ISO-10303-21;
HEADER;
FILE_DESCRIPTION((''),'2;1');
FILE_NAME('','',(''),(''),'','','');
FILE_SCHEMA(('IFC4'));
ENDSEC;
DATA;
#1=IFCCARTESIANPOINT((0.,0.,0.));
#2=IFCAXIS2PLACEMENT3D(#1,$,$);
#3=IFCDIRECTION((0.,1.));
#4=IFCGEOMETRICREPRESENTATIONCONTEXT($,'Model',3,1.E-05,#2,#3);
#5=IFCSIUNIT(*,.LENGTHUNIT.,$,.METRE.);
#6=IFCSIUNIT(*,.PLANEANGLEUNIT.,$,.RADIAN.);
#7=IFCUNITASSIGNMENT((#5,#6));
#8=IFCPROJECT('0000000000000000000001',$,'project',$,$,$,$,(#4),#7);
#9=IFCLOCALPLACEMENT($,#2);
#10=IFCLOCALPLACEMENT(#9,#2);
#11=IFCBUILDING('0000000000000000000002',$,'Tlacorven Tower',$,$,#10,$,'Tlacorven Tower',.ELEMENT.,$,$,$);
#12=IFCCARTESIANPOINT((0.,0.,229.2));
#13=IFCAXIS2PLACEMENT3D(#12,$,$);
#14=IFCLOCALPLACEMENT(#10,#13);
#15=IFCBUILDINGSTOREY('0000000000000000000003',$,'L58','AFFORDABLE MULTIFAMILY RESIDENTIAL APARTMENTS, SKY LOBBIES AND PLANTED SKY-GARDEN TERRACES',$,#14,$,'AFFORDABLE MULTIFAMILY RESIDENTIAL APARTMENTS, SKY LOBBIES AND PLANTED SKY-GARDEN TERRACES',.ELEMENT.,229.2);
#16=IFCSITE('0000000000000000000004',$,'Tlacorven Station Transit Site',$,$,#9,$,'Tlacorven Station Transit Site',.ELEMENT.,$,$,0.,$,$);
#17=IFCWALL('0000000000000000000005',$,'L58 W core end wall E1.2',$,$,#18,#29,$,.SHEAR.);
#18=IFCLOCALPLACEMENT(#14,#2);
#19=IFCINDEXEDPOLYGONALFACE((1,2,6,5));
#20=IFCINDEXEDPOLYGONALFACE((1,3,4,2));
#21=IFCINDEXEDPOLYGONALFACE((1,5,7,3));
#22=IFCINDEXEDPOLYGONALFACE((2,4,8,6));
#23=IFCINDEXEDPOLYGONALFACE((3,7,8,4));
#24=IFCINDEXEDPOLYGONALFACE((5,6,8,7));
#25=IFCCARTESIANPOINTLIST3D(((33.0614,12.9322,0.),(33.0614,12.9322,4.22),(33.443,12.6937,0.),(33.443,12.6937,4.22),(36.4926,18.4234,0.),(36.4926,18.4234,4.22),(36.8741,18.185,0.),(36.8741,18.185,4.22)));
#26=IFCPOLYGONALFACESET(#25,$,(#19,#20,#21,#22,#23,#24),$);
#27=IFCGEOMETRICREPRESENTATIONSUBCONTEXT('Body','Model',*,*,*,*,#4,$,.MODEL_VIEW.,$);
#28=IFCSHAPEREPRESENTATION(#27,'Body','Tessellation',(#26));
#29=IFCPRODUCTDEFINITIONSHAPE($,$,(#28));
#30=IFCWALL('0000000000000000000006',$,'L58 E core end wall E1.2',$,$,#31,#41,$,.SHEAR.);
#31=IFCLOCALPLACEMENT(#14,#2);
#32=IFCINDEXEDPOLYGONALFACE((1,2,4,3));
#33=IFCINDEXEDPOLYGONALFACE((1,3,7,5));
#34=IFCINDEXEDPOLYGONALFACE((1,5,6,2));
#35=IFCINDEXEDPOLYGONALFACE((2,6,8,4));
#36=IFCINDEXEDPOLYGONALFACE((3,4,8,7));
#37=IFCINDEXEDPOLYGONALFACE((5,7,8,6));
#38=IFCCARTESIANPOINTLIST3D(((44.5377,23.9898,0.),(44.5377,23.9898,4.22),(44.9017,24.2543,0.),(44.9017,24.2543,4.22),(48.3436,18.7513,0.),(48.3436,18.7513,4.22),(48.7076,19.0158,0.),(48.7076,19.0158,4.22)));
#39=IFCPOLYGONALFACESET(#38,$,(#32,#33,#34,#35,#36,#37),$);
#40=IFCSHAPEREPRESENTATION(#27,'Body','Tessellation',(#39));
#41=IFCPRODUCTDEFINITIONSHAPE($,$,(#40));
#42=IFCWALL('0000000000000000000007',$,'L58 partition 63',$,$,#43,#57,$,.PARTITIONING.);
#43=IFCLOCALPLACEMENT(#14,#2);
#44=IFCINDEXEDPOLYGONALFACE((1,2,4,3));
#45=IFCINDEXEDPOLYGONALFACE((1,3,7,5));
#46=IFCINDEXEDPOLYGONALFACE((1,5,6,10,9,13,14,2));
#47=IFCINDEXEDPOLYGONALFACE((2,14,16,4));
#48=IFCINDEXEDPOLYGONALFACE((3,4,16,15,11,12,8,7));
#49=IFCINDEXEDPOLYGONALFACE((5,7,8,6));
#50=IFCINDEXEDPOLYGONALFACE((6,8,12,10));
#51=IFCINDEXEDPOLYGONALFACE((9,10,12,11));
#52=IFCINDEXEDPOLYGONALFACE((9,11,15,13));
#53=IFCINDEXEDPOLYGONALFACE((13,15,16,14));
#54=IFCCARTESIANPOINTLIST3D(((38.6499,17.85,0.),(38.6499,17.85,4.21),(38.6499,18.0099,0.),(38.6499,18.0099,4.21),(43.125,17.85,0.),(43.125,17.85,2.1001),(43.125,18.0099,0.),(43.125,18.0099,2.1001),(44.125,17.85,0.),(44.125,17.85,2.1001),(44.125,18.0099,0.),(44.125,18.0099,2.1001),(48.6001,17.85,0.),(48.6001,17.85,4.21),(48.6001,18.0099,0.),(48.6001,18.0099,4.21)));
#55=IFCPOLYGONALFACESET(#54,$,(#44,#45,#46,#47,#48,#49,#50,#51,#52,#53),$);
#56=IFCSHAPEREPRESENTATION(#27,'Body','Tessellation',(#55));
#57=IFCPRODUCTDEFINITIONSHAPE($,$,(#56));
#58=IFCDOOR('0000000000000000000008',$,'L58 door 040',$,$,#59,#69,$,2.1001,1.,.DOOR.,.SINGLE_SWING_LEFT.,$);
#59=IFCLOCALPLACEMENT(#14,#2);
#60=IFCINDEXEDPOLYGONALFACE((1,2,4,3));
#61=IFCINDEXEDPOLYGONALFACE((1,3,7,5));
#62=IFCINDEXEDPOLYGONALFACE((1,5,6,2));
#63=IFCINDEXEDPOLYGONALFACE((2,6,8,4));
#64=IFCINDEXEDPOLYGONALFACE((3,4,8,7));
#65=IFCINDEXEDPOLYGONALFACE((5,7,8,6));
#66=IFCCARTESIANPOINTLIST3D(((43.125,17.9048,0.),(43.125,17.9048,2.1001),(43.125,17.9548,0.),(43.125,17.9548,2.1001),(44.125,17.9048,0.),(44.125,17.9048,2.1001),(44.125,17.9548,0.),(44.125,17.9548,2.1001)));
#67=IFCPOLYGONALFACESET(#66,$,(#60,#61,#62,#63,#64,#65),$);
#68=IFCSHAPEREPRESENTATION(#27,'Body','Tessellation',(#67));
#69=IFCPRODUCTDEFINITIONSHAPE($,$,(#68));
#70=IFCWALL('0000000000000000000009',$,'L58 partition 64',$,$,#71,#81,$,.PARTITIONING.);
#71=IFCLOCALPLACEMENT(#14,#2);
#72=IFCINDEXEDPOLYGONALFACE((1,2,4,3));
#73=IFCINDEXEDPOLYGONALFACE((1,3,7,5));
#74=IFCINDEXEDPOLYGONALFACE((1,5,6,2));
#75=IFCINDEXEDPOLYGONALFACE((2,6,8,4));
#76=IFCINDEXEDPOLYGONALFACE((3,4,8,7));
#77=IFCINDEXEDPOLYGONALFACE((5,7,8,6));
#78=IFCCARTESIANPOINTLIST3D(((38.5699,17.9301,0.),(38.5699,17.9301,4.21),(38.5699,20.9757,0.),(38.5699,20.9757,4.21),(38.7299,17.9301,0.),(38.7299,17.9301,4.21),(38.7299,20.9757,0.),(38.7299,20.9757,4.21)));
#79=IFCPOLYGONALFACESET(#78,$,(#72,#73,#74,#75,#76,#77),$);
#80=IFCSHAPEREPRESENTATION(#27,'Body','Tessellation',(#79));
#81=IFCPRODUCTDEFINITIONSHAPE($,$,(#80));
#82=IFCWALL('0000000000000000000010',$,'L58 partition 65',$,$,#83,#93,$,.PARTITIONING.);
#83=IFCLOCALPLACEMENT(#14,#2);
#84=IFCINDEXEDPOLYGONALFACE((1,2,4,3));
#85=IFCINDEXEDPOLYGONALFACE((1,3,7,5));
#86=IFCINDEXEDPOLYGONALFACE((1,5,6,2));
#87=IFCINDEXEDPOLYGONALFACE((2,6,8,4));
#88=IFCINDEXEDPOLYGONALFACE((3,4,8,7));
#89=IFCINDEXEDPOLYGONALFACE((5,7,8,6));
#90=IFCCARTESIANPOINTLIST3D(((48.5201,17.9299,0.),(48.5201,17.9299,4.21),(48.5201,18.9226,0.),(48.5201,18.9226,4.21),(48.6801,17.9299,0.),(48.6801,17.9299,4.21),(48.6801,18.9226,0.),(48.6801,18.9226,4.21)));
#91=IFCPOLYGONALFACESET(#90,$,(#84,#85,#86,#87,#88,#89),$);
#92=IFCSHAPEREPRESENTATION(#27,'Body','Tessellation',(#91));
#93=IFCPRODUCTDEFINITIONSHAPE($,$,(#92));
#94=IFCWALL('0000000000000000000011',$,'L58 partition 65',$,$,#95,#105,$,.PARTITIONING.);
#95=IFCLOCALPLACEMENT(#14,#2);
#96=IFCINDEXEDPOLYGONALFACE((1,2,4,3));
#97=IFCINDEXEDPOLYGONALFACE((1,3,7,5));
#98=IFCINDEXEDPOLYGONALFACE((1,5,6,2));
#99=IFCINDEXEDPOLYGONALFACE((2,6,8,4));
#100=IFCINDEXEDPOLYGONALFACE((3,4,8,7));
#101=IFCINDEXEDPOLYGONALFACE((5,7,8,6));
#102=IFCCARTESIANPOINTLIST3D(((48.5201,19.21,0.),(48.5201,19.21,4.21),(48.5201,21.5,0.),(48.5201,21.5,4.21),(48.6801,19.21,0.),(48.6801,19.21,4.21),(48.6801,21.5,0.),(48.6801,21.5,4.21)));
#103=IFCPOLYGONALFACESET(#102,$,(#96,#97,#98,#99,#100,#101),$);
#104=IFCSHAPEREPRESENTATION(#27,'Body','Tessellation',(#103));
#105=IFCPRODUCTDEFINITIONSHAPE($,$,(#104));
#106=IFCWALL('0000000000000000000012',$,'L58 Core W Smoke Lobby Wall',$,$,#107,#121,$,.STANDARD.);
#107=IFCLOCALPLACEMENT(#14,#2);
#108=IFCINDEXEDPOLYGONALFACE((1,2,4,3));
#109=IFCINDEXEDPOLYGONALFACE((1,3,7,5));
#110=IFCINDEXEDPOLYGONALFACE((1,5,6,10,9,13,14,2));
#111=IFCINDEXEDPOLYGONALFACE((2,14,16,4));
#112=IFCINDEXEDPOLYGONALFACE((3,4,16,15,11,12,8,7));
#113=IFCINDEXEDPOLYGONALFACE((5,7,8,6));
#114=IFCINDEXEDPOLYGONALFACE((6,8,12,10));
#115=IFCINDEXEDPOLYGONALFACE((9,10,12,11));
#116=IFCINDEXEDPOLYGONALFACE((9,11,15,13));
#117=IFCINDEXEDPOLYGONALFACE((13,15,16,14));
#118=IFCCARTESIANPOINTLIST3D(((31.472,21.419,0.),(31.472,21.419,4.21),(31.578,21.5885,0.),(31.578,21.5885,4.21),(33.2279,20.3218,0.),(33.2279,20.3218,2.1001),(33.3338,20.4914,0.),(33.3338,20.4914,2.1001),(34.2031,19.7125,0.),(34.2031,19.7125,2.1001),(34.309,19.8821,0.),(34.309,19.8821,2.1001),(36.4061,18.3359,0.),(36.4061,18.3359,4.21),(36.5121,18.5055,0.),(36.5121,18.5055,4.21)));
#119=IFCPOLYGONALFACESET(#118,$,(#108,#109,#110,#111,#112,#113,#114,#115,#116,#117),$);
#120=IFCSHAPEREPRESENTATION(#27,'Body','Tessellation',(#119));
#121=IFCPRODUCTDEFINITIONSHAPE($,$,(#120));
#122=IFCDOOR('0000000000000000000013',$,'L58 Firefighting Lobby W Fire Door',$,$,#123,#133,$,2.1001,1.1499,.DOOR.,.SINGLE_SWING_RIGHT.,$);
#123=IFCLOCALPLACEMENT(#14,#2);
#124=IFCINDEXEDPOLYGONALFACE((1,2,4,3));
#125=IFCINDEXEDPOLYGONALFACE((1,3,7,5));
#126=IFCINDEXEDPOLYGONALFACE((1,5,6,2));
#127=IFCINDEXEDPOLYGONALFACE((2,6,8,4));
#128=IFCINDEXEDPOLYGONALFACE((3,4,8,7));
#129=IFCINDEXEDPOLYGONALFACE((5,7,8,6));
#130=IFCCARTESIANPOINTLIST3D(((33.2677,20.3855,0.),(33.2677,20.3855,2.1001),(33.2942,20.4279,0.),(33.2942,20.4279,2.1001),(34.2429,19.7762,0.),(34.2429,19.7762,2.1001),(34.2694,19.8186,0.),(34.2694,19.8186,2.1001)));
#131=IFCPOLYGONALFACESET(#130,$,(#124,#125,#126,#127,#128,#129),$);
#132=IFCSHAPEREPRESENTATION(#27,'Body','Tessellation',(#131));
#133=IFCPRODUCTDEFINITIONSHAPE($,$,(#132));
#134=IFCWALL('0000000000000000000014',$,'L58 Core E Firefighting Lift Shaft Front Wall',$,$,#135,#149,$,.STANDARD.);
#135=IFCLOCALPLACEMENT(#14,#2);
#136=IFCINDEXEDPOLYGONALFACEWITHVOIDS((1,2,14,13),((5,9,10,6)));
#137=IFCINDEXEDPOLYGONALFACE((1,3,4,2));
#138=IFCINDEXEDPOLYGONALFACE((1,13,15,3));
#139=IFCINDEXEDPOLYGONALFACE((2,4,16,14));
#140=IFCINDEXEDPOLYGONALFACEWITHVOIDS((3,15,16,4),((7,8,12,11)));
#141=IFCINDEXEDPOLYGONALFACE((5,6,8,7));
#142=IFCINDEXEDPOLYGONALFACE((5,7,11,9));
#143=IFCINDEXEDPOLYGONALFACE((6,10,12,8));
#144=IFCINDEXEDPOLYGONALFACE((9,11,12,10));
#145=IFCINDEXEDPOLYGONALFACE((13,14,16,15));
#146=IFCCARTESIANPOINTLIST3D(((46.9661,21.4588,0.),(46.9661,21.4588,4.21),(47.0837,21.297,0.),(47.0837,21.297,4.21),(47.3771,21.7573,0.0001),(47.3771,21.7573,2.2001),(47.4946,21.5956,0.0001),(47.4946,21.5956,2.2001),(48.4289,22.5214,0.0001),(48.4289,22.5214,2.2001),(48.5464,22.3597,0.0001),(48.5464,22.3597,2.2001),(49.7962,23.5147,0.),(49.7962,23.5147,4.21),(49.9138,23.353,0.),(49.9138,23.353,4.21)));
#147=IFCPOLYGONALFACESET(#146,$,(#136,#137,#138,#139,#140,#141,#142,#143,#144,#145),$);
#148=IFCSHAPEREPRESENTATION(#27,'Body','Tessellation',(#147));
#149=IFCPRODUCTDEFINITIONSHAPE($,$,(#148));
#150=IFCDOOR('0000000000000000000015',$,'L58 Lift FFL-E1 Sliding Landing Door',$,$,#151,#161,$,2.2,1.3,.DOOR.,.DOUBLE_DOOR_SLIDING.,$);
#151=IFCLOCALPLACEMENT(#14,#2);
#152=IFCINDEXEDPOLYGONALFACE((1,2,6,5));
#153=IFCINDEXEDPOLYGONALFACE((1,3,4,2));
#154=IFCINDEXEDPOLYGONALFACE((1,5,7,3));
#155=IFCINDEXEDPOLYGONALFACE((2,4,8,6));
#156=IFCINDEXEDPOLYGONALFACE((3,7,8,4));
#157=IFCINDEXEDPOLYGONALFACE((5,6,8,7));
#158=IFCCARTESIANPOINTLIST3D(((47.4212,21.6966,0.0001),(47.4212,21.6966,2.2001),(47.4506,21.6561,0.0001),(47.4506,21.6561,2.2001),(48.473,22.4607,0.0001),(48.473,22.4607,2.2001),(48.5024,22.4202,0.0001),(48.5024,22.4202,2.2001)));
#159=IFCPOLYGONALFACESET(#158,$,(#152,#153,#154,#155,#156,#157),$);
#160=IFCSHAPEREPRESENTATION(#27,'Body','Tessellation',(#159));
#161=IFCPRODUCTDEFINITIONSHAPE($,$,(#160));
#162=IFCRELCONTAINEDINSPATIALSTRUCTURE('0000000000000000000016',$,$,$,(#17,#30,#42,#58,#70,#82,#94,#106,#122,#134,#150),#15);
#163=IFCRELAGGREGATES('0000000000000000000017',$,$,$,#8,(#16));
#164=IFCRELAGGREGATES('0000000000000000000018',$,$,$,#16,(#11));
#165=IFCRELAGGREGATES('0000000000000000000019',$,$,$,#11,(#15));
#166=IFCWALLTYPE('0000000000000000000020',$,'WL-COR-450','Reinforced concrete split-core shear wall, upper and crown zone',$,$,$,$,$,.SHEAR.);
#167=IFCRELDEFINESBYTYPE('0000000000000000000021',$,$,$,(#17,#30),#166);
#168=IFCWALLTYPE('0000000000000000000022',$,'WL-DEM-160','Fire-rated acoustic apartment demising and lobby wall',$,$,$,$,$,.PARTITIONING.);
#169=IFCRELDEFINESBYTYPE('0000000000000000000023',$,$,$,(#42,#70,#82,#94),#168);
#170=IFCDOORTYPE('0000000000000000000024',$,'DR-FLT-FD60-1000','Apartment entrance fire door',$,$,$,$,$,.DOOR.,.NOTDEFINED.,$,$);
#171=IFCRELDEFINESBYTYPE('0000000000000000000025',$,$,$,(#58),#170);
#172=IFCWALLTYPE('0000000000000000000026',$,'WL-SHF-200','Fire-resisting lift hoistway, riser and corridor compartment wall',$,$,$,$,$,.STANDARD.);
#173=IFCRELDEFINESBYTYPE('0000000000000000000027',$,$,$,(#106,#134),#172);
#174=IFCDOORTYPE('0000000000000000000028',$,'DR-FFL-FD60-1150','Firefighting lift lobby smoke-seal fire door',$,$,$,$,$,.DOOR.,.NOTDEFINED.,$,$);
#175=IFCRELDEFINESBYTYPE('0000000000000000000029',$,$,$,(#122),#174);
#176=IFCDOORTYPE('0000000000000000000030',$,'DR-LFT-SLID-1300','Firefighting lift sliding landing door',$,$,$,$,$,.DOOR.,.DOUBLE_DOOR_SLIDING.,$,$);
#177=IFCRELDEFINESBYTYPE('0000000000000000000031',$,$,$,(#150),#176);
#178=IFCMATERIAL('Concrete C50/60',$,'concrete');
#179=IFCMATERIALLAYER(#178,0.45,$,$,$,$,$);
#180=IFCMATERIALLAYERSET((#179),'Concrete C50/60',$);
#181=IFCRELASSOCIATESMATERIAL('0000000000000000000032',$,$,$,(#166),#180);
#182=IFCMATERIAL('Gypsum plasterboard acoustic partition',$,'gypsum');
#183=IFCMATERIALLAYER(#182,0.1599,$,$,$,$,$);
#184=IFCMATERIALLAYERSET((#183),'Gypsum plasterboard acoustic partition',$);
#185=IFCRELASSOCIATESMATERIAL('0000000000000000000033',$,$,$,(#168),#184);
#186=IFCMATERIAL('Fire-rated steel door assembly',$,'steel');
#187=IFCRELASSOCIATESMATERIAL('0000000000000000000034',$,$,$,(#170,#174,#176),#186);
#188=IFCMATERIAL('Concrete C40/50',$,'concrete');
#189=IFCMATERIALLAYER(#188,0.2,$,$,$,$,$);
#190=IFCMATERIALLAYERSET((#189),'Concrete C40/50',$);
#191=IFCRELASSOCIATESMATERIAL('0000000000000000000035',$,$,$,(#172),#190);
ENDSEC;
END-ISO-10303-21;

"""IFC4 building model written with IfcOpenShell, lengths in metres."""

from ifc_helpers import new_model, si_unit, direction, frame, frame_2d, origin, place, context, subcontext, project, spatial, rectangle, extrude, source, transform, mapped, material, layer, layer_set, type_object, element, fill, save


model = new_model("IFC4")

# Units and contexts
model_context = context("Model", 3, precision=1e-05, world=origin(), true_north=direction((0.0, 1.0)))
body_context = subcontext(model_context, "Body", "Model", "MODEL_VIEW")
ifc_project = project(units=[si_unit("LENGTHUNIT", "METRE"), si_unit("PLANEANGLEUNIT", "RADIAN")], contexts=[model_context])

# Site, building, storey
site_placement = place(None, origin())
site = spatial("IfcSite", under=ifc_project, at=site_placement, Name="Tlacorven Station Transit Site", LongName="Tlacorven Station Transit Site", CompositionType="ELEMENT", RefElevation=0.0)
building_placement = place(site_placement, origin())
building = spatial("IfcBuilding", under=site, at=building_placement, Name="Tlacorven Tower", LongName="Tlacorven Tower", CompositionType="ELEMENT")
storey_placement = place(building_placement, frame((0.0, 0.0, 229.2)))
storey = spatial("IfcBuildingStorey", under=building, at=storey_placement, Name="L58", Description="AFFORDABLE MULTIFAMILY RESIDENTIAL APARTMENTS, SKY LOBBIES AND PLANTED SKY-GARDEN TERRACES", LongName="AFFORDABLE MULTIFAMILY RESIDENTIAL APARTMENTS, SKY LOBBIES AND PLANTED SKY-GARDEN TERRACES", CompositionType="ELEMENT", Elevation=229.2)

# Walls
ifc_material_1 = material(Name="Concrete C50/60", Category="concrete")
ifc_layer_1 = layer(ifc_material_1, 0.45)
ifc_layer_set_1 = layer_set([ifc_layer_1], Name="Concrete C50/60")
wall_type_1 = type_object("IfcWallType", Name="WL-COR-450", Description="Reinforced concrete split-core shear wall, upper and crown zone", PredefinedType="SHEAR", material=ifc_layer_set_1)
for number, where, z_axis, x_axis, name in (
    (1, (36.6833, 18.3042, 0.0), (0.0, 0.0, 1.0), (-0.529904, -0.848058, 0.0), "L58 W core end wall E1.2"),
    (2, (48.5256, 18.8835, 0.0), (0.0, 0.0, 1.0), (-0.587775, 0.809025, 0.0), "L58 E core end wall E1.2"),
):
    element("IfcWall", number, at=place(storey_placement, frame(where, z_axis=z_axis, x_axis=x_axis)), inside=storey, type_object=wall_type_1, Name=name, PredefinedType="SHEAR", context=body_context, shape_type="SweptSolid", body=[
        extrude(rectangle(XDim=6.4751, YDim=0.45, at=frame_2d((3.2375, 0.0))), origin(), (0.0, 0.0, 1.0), 4.22),
    ])

# Wall, opening, door
ifc_material_2 = material(Name="Gypsum plasterboard acoustic partition", Category="gypsum")
ifc_layer_2 = layer(ifc_material_2, 0.1599)
ifc_layer_set_2 = layer_set([ifc_layer_2], Name="Gypsum plasterboard acoustic partition")
wall_type_2 = type_object("IfcWallType", Name="WL-DEM-160", Description="Fire-rated acoustic apartment demising and lobby wall", PredefinedType="PARTITIONING", material=ifc_layer_set_2)
wall_1_placement = place(storey_placement, frame((38.6499, 17.9299, 0.0), z_axis=(0.0, 0.0, 1.0), x_axis=(1.0, 0.0, 0.0)))
wall_1 = element("IfcWall", 3, at=wall_1_placement, inside=storey, type_object=wall_type_2, Name="L58 partition 63", PredefinedType="PARTITIONING", context=body_context, shape_type="SweptSolid", body=[
    extrude(rectangle(XDim=9.9502, YDim=0.1599, at=frame_2d((4.9751, 0.0))), origin(), (0.0, 0.0, 1.0), 4.21),
])
opening_1_placement = place(wall_1_placement, frame((4.4751, 0.0, 0.0)))
opening_1 = element("IfcOpeningElement", 4, at=opening_1_placement, cuts=wall_1, PredefinedType="OPENING", context=body_context, shape_type="SweptSolid", body=[
    extrude(rectangle(XDim=1.0, YDim=2.1001, at=frame_2d((0.5, 1.05))), frame((0.0, 0.0898, 0.0), z_axis=(0.0, -1.0, 0.0), x_axis=(1.0, 0.0, 0.0)), (0.0, 0.0, 1.0), 0.1799),
])
ifc_material_3 = material(Name="Fire-rated steel door assembly", Category="steel")
door_type_1 = type_object("IfcDoorType", Name="DR-FLT-FD60-1000", Description="Apartment entrance fire door", OperationType="NOTDEFINED", PredefinedType="DOOR", material=ifc_material_3)
shared_shape_1 = source(origin(), body_context, "Body", "SweptSolid", [
    extrude(rectangle(XDim=1.0, YDim=2.1001, at=frame_2d((0.5, 1.05))), frame((0.0, 0.0249, 0.0), z_axis=(0.0, -1.0, 0.0), x_axis=(1.0, 0.0, 0.0)), (0.0, 0.0, 1.0), 0.05),
])
door_1_placement = place(opening_1_placement, origin())
door_1 = element("IfcDoor", 5, at=door_1_placement, inside=storey, type_object=door_type_1, Name="L58 door 040", OperationType="SINGLE_SWING_LEFT", OverallHeight=2.1001, OverallWidth=1.0, PredefinedType="DOOR", context=body_context, shape_type="MappedRepresentation", body=[
    mapped(shared_shape_1, transform((0.0, 0.0, 0.0), scale=1.0)),
])
fill(opening_1, door_1)

# Walls
wall_2_placement = place(storey_placement, frame((38.6499, 17.9299, 0.0), z_axis=(0.0, 0.0, 1.0), x_axis=(0.0, 1.0, 0.0)))
element("IfcWall", 6, at=wall_2_placement, inside=storey, type_object=wall_type_2, Name="L58 partition 64", PredefinedType="PARTITIONING", context=body_context, shape_type="SweptSolid", body=[
    extrude(rectangle(XDim=3.0457, YDim=0.1599, at=frame_2d((1.5229, 0.0))), origin(), (0.0, 0.0, 1.0), 4.21),
])
wall_3_placement = place(storey_placement, frame((48.6001, 17.9299, 0.0), z_axis=(0.0, 0.0, 1.0), x_axis=(0.0, 1.0, 0.0)))
element("IfcWall", 7, at=wall_3_placement, inside=storey, type_object=wall_type_2, Name="L58 partition 65", PredefinedType="PARTITIONING", context=body_context, shape_type="SweptSolid", body=[
    extrude(rectangle(XDim=0.9927, YDim=0.1599, at=frame_2d((0.4963, 0.0))), origin(), (0.0, 0.0, 1.0), 4.21),
])
wall_4_placement = place(storey_placement, frame((48.6001, 19.21, 0.0), z_axis=(0.0, 0.0, 1.0), x_axis=(0.0, 1.0, 0.0)))
element("IfcWall", 8, at=wall_4_placement, inside=storey, type_object=wall_type_2, Name="L58 partition 65", PredefinedType="PARTITIONING", context=body_context, shape_type="SweptSolid", body=[
    extrude(rectangle(XDim=2.29, YDim=0.1599, at=frame_2d((1.145, 0.0))), origin(), (0.0, 0.0, 1.0), 4.21),
])

# Walls, openings, doors
ifc_material_4 = material(Name="Concrete C40/50", Category="concrete")
ifc_layer_3 = layer(ifc_material_4, 0.2)
ifc_layer_set_3 = layer_set([ifc_layer_3], Name="Concrete C40/50")
wall_type_3 = type_object("IfcWallType", Name="WL-SHF-200", Description="Fire-resisting lift hoistway, riser and corridor compartment wall", PredefinedType="STANDARD", material=ifc_layer_set_3)
wall_5_placement = place(storey_placement, frame((36.4592, 18.4207, 0.0), z_axis=(0.0, 0.0, 1.0), x_axis=(-0.84806, 0.529901, 0.0)))
wall_5 = element("IfcWall", 9, at=wall_5_placement, inside=storey, type_object=wall_type_3, Name="L58 Core W Smoke Lobby Wall", PredefinedType="STANDARD", context=body_context, shape_type="SweptSolid", body=[
    extrude(rectangle(XDim=5.8181, YDim=0.2, at=frame_2d((2.9092, 0.0))), origin(), (0.0, 0.0, 1.0), 4.21),
])
opening_2_placement = place(wall_5_placement, frame((2.5979, 0.0, 0.0)))
opening_2 = element("IfcOpeningElement", 10, at=opening_2_placement, cuts=wall_5, PredefinedType="OPENING", context=body_context, shape_type="SweptSolid", body=[
    extrude(rectangle(XDim=1.1499, YDim=2.1001, at=frame_2d((0.575, 1.05))), frame((0.0, 0.1099, 0.0), z_axis=(0.0, -1.0, 0.0), x_axis=(1.0, 0.0, 0.0)), (0.0, 0.0, 1.0), 0.22),
])
door_type_2 = type_object("IfcDoorType", Name="DR-FFL-FD60-1150", Description="Firefighting lift lobby smoke-seal fire door", OperationType="NOTDEFINED", PredefinedType="DOOR", material=ifc_material_3)
shared_shape_2 = source(origin(), body_context, "Body", "SweptSolid", [
    extrude(rectangle(XDim=1.1499, YDim=2.1001, at=frame_2d((0.575, 1.05))), frame((0.0, 0.0249, 0.0), z_axis=(0.0, -1.0, 0.0), x_axis=(1.0, 0.0, 0.0)), (0.0, 0.0, 1.0), 0.05),
])
door_2_placement = place(opening_2_placement, origin())
door_2 = element("IfcDoor", 11, at=door_2_placement, inside=storey, type_object=door_type_2, Name="L58 Firefighting Lobby W Fire Door", OperationType="SINGLE_SWING_RIGHT", OverallHeight=2.1001, OverallWidth=1.1499, PredefinedType="DOOR", context=body_context, shape_type="MappedRepresentation", body=[
    mapped(shared_shape_2, transform((0.0, 0.0, 0.0), scale=1.0)),
])
fill(opening_2, door_2)
wall_6_placement = place(storey_placement, frame((47.0249, 21.3779, 0.0), z_axis=(0.0, 0.0, 1.0), x_axis=(0.809053, 0.587736, 0.0)))
wall_6 = element("IfcWall", 12, at=wall_6_placement, inside=storey, type_object=wall_type_3, Name="L58 Core E Firefighting Lift Shaft Front Wall", PredefinedType="STANDARD", context=body_context, shape_type="SweptSolid", body=[
    extrude(rectangle(XDim=3.498, YDim=0.2, at=frame_2d((1.749, 0.0))), origin(), (0.0, 0.0, 1.0), 4.21),
])
opening_3_placement = place(wall_6_placement, frame((0.5081, 0.0, 0.0)))
opening_3 = element("IfcOpeningElement", 13, at=opening_3_placement, cuts=wall_6, PredefinedType="OPENING", context=body_context, shape_type="SweptSolid", body=[
    extrude(rectangle(XDim=1.3, YDim=2.2, at=frame_2d((0.6499, 1.1001))), frame((0.0, 0.1099, 0.0), z_axis=(0.0, -1.0, 0.0), x_axis=(1.0, 0.0, 0.0)), (0.0, 0.0, 1.0), 0.22),
])
door_type_3 = type_object("IfcDoorType", Name="DR-LFT-SLID-1300", Description="Firefighting lift sliding landing door", OperationType="DOUBLE_DOOR_SLIDING", PredefinedType="DOOR", material=ifc_material_3)
shared_shape_3 = source(origin(), body_context, "Body", "SweptSolid", [
    extrude(rectangle(XDim=1.3, YDim=2.2, at=frame_2d((0.6499, 1.1001))), frame((0.0, 0.0249, 0.0), z_axis=(0.0, -1.0, 0.0), x_axis=(1.0, 0.0, 0.0)), (0.0, 0.0, 1.0), 0.05),
])
door_3_placement = place(opening_3_placement, origin())
door_3 = element("IfcDoor", 14, at=door_3_placement, inside=storey, type_object=door_type_3, Name="L58 Lift FFL-E1 Sliding Landing Door", OperationType="DOUBLE_DOOR_SLIDING", OverallHeight=2.2, OverallWidth=1.3, PredefinedType="DOOR", context=body_context, shape_type="MappedRepresentation", body=[
    mapped(shared_shape_3, transform((0.0, 0.0, 0.0), scale=1.0)),
])
fill(opening_3, door_3)

save(model, "model.ifc")
